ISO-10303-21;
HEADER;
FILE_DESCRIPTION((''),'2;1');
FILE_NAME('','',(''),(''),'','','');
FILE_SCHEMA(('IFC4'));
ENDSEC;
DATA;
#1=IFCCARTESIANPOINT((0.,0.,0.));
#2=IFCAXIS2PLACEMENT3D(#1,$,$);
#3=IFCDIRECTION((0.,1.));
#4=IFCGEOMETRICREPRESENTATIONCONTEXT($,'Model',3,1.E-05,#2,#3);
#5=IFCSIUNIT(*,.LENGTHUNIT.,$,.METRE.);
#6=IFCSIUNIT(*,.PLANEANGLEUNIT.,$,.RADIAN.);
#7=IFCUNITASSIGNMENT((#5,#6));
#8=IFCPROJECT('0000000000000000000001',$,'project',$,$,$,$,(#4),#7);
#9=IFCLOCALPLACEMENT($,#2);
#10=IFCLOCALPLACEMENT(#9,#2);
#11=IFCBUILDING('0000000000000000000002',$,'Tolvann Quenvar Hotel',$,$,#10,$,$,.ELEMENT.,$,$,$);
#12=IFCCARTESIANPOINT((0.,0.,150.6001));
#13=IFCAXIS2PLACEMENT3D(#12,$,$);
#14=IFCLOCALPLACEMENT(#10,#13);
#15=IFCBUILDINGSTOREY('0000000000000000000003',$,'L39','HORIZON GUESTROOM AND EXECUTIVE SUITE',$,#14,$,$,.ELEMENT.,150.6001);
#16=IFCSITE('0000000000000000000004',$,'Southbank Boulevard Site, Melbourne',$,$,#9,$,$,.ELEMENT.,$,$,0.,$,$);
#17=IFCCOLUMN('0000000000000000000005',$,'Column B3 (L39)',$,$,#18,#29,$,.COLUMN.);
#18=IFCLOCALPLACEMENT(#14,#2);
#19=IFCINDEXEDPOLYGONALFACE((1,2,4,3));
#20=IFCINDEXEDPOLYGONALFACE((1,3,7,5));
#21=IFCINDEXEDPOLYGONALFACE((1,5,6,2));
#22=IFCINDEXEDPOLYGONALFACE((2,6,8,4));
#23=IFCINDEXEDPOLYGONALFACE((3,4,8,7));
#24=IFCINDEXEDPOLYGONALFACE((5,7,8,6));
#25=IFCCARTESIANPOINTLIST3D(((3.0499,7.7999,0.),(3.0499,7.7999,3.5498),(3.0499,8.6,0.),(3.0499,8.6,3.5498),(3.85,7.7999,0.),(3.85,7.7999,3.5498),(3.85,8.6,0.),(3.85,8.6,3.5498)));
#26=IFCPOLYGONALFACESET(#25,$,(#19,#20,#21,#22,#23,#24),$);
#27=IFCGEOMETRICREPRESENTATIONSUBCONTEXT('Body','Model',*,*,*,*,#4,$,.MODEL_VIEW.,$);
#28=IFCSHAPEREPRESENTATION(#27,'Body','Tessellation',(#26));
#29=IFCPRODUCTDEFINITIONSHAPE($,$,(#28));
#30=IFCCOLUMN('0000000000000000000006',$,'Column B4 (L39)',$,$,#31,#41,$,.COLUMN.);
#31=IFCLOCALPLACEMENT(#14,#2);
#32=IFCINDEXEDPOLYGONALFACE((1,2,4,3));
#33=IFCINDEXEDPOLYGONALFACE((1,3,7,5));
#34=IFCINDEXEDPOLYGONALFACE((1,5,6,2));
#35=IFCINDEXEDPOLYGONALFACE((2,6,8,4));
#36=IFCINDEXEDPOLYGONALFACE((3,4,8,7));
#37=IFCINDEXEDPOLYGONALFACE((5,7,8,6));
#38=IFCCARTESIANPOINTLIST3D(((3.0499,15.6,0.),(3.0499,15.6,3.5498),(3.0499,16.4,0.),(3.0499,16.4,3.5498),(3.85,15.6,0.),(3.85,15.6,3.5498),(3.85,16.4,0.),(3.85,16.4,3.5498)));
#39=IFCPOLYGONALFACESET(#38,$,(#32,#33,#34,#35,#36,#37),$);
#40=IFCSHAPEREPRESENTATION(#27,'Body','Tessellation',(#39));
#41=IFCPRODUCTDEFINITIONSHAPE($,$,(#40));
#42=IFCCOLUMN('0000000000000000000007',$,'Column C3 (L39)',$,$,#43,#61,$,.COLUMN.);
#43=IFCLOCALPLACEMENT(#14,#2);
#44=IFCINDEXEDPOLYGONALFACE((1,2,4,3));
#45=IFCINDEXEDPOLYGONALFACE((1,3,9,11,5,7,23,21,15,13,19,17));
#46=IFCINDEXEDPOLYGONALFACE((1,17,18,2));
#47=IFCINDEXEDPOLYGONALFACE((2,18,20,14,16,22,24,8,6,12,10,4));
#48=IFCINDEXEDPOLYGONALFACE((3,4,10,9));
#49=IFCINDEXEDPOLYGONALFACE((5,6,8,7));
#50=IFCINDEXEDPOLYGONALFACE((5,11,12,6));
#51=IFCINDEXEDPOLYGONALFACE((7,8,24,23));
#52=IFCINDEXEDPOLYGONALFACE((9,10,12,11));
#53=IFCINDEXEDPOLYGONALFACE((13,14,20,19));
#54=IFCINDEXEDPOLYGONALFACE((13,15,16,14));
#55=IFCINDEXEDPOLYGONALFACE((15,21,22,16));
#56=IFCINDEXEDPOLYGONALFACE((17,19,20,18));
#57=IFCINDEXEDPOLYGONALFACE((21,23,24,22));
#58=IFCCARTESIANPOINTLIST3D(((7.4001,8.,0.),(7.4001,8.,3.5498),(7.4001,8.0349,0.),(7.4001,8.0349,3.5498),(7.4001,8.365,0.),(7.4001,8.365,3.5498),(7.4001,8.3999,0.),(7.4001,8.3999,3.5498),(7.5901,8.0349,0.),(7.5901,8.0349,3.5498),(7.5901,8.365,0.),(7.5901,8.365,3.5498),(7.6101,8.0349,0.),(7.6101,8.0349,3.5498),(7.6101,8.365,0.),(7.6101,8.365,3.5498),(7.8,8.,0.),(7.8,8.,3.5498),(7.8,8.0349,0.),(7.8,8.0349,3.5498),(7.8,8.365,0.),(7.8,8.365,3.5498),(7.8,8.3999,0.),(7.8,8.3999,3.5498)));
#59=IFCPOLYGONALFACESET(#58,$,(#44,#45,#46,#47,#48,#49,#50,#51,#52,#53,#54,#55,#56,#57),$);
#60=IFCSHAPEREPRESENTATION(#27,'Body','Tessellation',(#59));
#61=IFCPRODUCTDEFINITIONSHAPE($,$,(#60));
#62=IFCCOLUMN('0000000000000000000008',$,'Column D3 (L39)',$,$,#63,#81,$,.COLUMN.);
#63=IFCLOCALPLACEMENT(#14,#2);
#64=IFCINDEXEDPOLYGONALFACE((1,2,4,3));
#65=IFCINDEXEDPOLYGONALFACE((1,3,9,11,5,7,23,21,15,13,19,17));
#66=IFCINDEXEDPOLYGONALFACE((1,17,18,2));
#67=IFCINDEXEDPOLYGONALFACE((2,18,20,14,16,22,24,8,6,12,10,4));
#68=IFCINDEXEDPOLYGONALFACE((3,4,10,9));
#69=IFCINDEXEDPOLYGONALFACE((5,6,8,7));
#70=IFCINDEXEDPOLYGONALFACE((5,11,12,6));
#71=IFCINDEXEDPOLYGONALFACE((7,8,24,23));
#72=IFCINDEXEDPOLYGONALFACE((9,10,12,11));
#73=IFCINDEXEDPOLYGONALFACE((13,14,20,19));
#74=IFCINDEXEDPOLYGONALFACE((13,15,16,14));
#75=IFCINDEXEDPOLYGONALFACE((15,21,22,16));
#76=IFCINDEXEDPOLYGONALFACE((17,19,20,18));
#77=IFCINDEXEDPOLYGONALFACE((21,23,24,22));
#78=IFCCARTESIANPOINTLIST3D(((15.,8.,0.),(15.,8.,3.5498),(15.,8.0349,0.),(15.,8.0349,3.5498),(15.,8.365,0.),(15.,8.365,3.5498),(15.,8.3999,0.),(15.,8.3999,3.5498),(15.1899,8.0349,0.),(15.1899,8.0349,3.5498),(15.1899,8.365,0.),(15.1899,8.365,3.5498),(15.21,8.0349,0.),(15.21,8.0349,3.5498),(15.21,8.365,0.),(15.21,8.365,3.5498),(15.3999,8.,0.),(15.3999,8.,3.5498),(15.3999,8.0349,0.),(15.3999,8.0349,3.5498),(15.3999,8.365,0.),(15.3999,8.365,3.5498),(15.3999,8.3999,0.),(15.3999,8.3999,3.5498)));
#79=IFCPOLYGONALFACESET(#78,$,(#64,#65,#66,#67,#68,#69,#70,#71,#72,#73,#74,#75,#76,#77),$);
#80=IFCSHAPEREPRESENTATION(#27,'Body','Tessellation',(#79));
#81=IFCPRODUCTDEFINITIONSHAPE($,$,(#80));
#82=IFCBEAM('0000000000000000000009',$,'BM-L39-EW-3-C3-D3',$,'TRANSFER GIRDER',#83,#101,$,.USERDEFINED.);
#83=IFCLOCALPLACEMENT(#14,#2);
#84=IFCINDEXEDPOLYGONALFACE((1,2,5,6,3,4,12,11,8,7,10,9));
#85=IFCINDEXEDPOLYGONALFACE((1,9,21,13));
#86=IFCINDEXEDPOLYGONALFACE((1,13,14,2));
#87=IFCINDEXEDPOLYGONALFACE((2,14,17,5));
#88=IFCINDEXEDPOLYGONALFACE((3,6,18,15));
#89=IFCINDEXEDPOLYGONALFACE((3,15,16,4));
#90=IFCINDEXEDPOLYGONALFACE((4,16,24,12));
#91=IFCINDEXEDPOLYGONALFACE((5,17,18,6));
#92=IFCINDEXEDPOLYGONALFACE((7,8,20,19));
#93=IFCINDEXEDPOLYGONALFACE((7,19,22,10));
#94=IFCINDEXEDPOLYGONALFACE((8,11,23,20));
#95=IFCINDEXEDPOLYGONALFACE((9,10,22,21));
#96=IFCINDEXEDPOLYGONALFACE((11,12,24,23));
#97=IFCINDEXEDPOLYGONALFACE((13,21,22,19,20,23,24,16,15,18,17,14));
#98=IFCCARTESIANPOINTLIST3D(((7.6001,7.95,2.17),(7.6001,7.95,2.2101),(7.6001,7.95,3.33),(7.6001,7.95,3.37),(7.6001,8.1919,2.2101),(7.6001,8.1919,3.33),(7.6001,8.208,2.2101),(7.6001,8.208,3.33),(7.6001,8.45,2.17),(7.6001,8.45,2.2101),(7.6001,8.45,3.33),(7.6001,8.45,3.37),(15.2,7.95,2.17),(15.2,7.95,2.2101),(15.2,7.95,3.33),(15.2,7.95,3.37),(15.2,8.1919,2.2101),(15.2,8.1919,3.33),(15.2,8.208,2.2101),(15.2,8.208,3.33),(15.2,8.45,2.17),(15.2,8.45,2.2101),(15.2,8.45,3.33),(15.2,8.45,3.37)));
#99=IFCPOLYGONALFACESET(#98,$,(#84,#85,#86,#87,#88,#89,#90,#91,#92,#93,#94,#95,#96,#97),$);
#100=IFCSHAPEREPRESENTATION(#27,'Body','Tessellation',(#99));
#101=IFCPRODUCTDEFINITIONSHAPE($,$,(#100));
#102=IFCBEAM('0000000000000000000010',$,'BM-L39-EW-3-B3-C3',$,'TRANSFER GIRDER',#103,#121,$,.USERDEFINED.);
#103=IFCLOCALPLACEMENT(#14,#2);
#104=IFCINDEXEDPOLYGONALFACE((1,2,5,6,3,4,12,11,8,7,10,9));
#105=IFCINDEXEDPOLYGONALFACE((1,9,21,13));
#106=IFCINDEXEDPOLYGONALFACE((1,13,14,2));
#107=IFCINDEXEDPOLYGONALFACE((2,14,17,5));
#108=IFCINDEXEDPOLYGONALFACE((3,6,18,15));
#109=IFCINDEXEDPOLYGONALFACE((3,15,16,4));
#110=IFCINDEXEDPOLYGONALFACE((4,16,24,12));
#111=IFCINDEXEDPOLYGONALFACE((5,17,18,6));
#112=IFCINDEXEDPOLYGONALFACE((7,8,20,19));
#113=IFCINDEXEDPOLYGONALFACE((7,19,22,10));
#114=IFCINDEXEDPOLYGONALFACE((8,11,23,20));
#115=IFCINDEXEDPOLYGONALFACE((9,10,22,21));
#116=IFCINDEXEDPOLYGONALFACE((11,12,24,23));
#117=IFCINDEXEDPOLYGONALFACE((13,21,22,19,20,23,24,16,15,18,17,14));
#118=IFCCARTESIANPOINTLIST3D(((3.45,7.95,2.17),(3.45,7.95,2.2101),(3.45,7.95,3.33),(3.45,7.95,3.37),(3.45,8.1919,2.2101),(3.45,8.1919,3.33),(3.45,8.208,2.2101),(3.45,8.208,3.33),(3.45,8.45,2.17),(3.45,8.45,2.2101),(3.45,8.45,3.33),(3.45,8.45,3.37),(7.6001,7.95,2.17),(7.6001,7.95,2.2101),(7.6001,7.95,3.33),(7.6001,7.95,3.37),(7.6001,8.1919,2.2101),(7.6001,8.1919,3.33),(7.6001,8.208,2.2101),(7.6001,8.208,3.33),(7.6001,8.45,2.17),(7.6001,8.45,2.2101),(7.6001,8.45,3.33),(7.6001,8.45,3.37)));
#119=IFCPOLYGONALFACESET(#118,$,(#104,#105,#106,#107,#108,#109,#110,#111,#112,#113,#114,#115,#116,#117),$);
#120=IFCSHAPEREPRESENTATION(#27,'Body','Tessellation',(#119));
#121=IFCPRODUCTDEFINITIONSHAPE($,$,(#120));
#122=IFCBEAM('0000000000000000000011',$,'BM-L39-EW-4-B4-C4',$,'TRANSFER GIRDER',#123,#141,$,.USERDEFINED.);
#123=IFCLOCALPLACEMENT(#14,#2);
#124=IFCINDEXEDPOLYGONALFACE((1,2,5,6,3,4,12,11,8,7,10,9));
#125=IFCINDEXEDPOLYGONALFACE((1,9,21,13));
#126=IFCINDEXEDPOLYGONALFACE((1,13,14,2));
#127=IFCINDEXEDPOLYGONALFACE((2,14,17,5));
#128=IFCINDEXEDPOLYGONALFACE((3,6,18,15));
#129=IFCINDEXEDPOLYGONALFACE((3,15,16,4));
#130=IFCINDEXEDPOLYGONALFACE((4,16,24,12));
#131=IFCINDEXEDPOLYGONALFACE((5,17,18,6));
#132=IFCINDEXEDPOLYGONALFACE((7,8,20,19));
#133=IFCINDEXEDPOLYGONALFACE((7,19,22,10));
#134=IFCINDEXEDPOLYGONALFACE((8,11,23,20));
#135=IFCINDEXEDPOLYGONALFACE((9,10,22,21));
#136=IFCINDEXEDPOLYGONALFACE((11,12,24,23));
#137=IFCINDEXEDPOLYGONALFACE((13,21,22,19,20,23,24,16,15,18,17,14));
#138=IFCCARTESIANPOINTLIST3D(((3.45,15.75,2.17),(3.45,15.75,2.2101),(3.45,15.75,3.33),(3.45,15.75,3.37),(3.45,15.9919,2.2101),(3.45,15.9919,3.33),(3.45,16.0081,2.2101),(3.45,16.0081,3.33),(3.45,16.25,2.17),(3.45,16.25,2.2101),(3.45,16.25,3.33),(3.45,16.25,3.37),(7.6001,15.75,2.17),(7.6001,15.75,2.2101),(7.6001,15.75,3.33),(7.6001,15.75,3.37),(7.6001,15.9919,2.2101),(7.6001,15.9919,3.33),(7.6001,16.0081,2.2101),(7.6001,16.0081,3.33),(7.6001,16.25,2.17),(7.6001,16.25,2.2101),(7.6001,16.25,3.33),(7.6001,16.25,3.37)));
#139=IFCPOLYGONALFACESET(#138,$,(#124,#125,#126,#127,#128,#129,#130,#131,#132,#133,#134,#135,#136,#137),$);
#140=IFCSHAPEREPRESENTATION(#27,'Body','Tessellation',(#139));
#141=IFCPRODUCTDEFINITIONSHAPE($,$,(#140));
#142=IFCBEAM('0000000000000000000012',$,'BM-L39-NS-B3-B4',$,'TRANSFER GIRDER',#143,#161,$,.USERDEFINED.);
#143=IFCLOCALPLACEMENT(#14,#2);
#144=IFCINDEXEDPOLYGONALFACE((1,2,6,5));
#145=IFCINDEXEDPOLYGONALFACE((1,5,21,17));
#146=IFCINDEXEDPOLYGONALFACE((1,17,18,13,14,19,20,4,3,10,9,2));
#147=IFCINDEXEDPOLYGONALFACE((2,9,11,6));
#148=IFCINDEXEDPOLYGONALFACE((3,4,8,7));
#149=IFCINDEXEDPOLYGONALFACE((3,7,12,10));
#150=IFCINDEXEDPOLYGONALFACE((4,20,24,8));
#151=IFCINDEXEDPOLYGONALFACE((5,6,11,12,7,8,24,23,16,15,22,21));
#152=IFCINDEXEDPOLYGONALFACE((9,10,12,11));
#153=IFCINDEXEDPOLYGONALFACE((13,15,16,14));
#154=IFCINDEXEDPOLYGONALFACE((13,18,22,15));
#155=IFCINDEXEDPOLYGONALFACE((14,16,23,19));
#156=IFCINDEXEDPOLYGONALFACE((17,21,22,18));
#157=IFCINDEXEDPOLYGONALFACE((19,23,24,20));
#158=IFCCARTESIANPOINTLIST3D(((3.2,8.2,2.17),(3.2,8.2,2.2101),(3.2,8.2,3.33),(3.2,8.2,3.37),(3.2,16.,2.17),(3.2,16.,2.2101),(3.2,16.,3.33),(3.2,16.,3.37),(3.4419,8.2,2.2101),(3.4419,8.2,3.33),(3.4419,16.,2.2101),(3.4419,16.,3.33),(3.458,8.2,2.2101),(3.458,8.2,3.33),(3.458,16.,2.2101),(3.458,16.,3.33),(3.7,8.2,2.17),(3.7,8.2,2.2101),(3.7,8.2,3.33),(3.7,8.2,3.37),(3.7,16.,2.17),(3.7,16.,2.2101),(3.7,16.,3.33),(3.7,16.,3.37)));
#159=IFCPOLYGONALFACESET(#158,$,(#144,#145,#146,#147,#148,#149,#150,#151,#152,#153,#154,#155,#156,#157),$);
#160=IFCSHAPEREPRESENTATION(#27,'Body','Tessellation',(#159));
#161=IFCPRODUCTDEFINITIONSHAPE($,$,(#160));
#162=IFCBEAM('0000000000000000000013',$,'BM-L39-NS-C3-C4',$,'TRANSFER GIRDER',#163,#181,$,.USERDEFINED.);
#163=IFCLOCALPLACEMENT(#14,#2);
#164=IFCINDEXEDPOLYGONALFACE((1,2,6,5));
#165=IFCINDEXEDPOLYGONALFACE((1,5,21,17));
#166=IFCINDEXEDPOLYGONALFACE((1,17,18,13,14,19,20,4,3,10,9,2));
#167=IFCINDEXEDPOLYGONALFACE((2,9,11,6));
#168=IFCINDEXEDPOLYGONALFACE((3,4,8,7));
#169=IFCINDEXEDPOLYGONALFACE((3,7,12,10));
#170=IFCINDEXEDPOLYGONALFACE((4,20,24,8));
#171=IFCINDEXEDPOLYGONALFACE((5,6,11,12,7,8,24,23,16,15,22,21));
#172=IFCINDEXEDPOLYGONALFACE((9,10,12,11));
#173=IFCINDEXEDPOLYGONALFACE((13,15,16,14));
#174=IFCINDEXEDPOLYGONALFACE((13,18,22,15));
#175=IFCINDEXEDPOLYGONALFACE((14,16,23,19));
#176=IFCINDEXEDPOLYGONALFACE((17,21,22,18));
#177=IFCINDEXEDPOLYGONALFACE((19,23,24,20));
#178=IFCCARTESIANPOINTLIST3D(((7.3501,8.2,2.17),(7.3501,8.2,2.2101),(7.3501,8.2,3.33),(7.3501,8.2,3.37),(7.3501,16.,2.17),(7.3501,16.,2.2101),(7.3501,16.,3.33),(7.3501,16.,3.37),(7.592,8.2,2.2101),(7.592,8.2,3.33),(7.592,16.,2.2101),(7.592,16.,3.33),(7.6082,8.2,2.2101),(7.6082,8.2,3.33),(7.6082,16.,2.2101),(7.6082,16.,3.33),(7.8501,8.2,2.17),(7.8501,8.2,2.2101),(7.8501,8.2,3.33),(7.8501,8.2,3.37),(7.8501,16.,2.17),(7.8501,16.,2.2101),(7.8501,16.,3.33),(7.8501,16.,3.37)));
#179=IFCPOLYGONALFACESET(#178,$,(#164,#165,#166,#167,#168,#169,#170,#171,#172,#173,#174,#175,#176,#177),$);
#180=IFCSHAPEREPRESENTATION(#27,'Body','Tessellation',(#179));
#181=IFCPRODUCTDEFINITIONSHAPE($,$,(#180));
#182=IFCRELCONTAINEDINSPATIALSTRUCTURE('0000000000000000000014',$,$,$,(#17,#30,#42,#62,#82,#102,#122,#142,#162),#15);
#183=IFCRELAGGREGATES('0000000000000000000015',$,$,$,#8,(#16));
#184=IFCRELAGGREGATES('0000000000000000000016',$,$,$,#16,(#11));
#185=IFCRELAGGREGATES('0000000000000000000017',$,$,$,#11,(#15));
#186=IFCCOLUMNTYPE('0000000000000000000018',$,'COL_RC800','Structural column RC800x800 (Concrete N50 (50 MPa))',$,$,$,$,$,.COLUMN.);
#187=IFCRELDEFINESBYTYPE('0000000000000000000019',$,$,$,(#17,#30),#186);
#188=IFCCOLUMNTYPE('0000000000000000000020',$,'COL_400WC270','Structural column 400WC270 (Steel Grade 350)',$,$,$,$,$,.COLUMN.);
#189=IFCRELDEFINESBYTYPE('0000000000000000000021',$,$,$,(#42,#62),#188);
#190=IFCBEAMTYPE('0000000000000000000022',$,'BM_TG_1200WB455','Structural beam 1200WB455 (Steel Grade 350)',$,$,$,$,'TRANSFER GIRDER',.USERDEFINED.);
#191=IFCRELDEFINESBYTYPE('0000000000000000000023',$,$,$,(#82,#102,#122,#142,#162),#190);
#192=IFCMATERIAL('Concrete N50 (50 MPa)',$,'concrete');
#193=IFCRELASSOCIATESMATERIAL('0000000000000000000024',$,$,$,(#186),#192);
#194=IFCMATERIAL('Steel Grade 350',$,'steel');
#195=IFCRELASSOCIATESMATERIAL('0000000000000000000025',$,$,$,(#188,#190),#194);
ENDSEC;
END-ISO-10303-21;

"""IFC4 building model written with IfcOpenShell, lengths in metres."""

from ifc_helpers import new_model, si_unit, direction, frame, origin, origin_2d, place, context, subcontext, project, spatial, rectangle, i_section, extrude, source, transform, mapped, material, material_profile, profile_set, type_object, type_shapes, element, save


model = new_model("IFC4")

# Units and contexts
model_context = context("Model", 3, precision=1e-05, world=origin(), true_north=direction((0.0, 1.0)))
body_context = subcontext(model_context, "Body", "Model", "MODEL_VIEW")
ifc_project = project(units=[si_unit("LENGTHUNIT", "METRE"), si_unit("PLANEANGLEUNIT", "RADIAN")], contexts=[model_context])

# Site, building, storey
site_placement = place(None, origin())
site = spatial("IfcSite", under=ifc_project, at=site_placement, Name="Southbank Boulevard Site, Melbourne", CompositionType="ELEMENT", RefElevation=0.0)
building_placement = place(site_placement, origin())
building = spatial("IfcBuilding", under=site, at=building_placement, Name="Tolvann Quenvar Hotel", CompositionType="ELEMENT")
storey_placement = place(building_placement, frame((0.0, 0.0, 150.6001)))
storey = spatial("IfcBuildingStorey", under=building, at=storey_placement, Name="L39", Description="HORIZON GUESTROOM AND EXECUTIVE SUITE", CompositionType="ELEMENT", Elevation=150.6001)

# Columns
ifc_material_1 = material(Name="Concrete N50 (50 MPa)", Category="concrete")
ifc_material_profile_1 = material_profile(ifc_material_1, rectangle(XDim=0.8, YDim=0.8, at=origin_2d()), Name="RC800x800")
ifc_profile_set_1 = profile_set([ifc_material_profile_1], Name="Concrete N50 (50 MPa)")
column_type_1 = type_object("IfcColumnType", Name="COL_RC800", Description="Structural column RC800x800 (Concrete N50 (50 MPa))", PredefinedType="COLUMN", material=ifc_profile_set_1)
shared_shape_1 = source(origin(), body_context, "Body", "SweptSolid", [
    extrude(rectangle(XDim=0.8, YDim=0.8, at=origin_2d()), origin(), (0.0, 0.0, 1.0), 3.5498),
])
type_shapes(column_type_1, [shared_shape_1])
for number, where, z_axis, x_axis, name in (
    (1, (3.45, 8.2, 0.0), (0.0, 0.0, 1.0), (1.0, 0.0, 0.0), "Column B3 (L39)"),
    (2, (3.45, 16.0, 0.0), (0.0, 0.0, 1.0), (1.0, 0.0, 0.0), "Column B4 (L39)"),
):
    element("IfcColumn", number, at=place(storey_placement, frame(where, z_axis=z_axis, x_axis=x_axis)), inside=storey, type_object=column_type_1, Name=name, PredefinedType="COLUMN", context=body_context, shape_type="MappedRepresentation", body=[
        mapped(shared_shape_1, transform((0.0, 0.0, 0.0), x_axis=(1.0, 0.0, 0.0), y_axis=(0.0, 1.0, 0.0), z_axis=(0.0, 0.0, 1.0), scale=1.0)),
    ])
ifc_material_2 = material(Name="Steel Grade 350", Category="steel")
ifc_material_profile_2 = material_profile(ifc_material_2, i_section(OverallWidth=0.3999, OverallDepth=0.3999, WebThickness=0.02, FlangeThickness=0.0349, at=origin_2d()), Name="400WC270")
ifc_profile_set_2 = profile_set([ifc_material_profile_2], Name="Steel Grade 350")
column_type_2 = type_object("IfcColumnType", Name="COL_400WC270", Description="Structural column 400WC270 (Steel Grade 350)", PredefinedType="COLUMN", material=ifc_profile_set_2)
shared_shape_2 = source(origin(), body_context, "Body", "SweptSolid", [
    extrude(i_section(OverallWidth=0.3999, OverallDepth=0.3999, WebThickness=0.02, FlangeThickness=0.0349, at=origin_2d()), origin(), (0.0, 0.0, 1.0), 3.5498),
])
type_shapes(column_type_2, [shared_shape_2])
for number, where, z_axis, x_axis, name in (
    (3, (7.6001, 8.2, 0.0), (0.0, 0.0, 1.0), (1.0, 0.0, 0.0), "Column C3 (L39)"),
    (4, (15.2, 8.2, 0.0), (0.0, 0.0, 1.0), (1.0, 0.0, 0.0), "Column D3 (L39)"),
):
    element("IfcColumn", number, at=place(storey_placement, frame(where, z_axis=z_axis, x_axis=x_axis)), inside=storey, type_object=column_type_2, Name=name, PredefinedType="COLUMN", context=body_context, shape_type="MappedRepresentation", body=[
        mapped(shared_shape_2, transform((0.0, 0.0, 0.0), x_axis=(1.0, 0.0, 0.0), y_axis=(0.0, 1.0, 0.0), z_axis=(0.0, 0.0, 1.0), scale=1.0)),
    ])

# Beams
ifc_material_profile_3 = material_profile(ifc_material_2, i_section(OverallWidth=0.5, OverallDepth=1.2, WebThickness=0.0161, FlangeThickness=0.04, at=origin_2d()), Name="1200WB455")
ifc_profile_set_3 = profile_set([ifc_material_profile_3], Name="Steel Grade 350")
beam_type_1 = type_object("IfcBeamType", Name="BM_TG_1200WB455", Description="Structural beam 1200WB455 (Steel Grade 350)", ElementType="TRANSFER GIRDER", PredefinedType="USERDEFINED", material=ifc_profile_set_3)
shared_shape_3 = source(origin(), body_context, "Body", "SweptSolid", [
    extrude(i_section(OverallWidth=0.5, OverallDepth=1.2, WebThickness=0.0161, FlangeThickness=0.04, at=origin_2d()), origin(), (0.0, 0.0, 1.0), 7.5999),
])
beam_1_placement = place(storey_placement, frame((7.6001, 8.2, 2.77), z_axis=(1.0, 0.0, 0.0), x_axis=(0.0, 1.0, 0.0)))
element("IfcBeam", 5, at=beam_1_placement, inside=storey, type_object=beam_type_1, Name="BM-L39-EW-3-C3-D3", ObjectType="TRANSFER GIRDER", PredefinedType="USERDEFINED", context=body_context, shape_type="MappedRepresentation", body=[
    mapped(shared_shape_3, transform((0.0, 0.0, 0.0), x_axis=(1.0, 0.0, 0.0), y_axis=(0.0, 1.0, 0.0), z_axis=(0.0, 0.0, 1.0), scale=1.0)),
])
shared_shape_4 = source(origin(), body_context, "Body", "SweptSolid", [
    extrude(i_section(OverallWidth=0.5, OverallDepth=1.2, WebThickness=0.0161, FlangeThickness=0.04, at=origin_2d()), origin(), (0.0, 0.0, 1.0), 4.1501),
])
for number, where, z_axis, x_axis, name in (
    (6, (3.45, 8.2, 2.77), (1.0, 0.0, 0.0), (0.0, 1.0, 0.0), "BM-L39-EW-3-B3-C3"),
    (7, (3.45, 16.0, 2.77), (1.0, 0.0, 0.0), (0.0, 1.0, 0.0), "BM-L39-EW-4-B4-C4"),
):
    element("IfcBeam", number, at=place(storey_placement, frame(where, z_axis=z_axis, x_axis=x_axis)), inside=storey, type_object=beam_type_1, Name=name, ObjectType="TRANSFER GIRDER", PredefinedType="USERDEFINED", context=body_context, shape_type="MappedRepresentation", body=[
        mapped(shared_shape_4, transform((0.0, 0.0, 0.0), x_axis=(1.0, 0.0, 0.0), y_axis=(0.0, 1.0, 0.0), z_axis=(0.0, 0.0, 1.0), scale=1.0)),
    ])
shared_shape_5 = source(origin(), body_context, "Body", "SweptSolid", [
    extrude(i_section(OverallWidth=0.5, OverallDepth=1.2, WebThickness=0.0161, FlangeThickness=0.04, at=origin_2d()), origin(), (0.0, 0.0, 1.0), 7.8),
])
for number, where, z_axis, x_axis, name in (
    (8, (3.45, 8.2, 2.77), (0.0, 1.0, 0.0), (-1.0, 0.0, 0.0), "BM-L39-NS-B3-B4"),
    (9, (7.6001, 8.2, 2.77), (0.0, 1.0, 0.0), (-1.0, 0.0, 0.0), "BM-L39-NS-C3-C4"),
):
    element("IfcBeam", number, at=place(storey_placement, frame(where, z_axis=z_axis, x_axis=x_axis)), inside=storey, type_object=beam_type_1, Name=name, ObjectType="TRANSFER GIRDER", PredefinedType="USERDEFINED", context=body_context, shape_type="MappedRepresentation", body=[
        mapped(shared_shape_5, transform((0.0, 0.0, 0.0), x_axis=(1.0, 0.0, 0.0), y_axis=(0.0, 1.0, 0.0), z_axis=(0.0, 0.0, 1.0), scale=1.0)),
    ])

save(model, "model.ifc")
